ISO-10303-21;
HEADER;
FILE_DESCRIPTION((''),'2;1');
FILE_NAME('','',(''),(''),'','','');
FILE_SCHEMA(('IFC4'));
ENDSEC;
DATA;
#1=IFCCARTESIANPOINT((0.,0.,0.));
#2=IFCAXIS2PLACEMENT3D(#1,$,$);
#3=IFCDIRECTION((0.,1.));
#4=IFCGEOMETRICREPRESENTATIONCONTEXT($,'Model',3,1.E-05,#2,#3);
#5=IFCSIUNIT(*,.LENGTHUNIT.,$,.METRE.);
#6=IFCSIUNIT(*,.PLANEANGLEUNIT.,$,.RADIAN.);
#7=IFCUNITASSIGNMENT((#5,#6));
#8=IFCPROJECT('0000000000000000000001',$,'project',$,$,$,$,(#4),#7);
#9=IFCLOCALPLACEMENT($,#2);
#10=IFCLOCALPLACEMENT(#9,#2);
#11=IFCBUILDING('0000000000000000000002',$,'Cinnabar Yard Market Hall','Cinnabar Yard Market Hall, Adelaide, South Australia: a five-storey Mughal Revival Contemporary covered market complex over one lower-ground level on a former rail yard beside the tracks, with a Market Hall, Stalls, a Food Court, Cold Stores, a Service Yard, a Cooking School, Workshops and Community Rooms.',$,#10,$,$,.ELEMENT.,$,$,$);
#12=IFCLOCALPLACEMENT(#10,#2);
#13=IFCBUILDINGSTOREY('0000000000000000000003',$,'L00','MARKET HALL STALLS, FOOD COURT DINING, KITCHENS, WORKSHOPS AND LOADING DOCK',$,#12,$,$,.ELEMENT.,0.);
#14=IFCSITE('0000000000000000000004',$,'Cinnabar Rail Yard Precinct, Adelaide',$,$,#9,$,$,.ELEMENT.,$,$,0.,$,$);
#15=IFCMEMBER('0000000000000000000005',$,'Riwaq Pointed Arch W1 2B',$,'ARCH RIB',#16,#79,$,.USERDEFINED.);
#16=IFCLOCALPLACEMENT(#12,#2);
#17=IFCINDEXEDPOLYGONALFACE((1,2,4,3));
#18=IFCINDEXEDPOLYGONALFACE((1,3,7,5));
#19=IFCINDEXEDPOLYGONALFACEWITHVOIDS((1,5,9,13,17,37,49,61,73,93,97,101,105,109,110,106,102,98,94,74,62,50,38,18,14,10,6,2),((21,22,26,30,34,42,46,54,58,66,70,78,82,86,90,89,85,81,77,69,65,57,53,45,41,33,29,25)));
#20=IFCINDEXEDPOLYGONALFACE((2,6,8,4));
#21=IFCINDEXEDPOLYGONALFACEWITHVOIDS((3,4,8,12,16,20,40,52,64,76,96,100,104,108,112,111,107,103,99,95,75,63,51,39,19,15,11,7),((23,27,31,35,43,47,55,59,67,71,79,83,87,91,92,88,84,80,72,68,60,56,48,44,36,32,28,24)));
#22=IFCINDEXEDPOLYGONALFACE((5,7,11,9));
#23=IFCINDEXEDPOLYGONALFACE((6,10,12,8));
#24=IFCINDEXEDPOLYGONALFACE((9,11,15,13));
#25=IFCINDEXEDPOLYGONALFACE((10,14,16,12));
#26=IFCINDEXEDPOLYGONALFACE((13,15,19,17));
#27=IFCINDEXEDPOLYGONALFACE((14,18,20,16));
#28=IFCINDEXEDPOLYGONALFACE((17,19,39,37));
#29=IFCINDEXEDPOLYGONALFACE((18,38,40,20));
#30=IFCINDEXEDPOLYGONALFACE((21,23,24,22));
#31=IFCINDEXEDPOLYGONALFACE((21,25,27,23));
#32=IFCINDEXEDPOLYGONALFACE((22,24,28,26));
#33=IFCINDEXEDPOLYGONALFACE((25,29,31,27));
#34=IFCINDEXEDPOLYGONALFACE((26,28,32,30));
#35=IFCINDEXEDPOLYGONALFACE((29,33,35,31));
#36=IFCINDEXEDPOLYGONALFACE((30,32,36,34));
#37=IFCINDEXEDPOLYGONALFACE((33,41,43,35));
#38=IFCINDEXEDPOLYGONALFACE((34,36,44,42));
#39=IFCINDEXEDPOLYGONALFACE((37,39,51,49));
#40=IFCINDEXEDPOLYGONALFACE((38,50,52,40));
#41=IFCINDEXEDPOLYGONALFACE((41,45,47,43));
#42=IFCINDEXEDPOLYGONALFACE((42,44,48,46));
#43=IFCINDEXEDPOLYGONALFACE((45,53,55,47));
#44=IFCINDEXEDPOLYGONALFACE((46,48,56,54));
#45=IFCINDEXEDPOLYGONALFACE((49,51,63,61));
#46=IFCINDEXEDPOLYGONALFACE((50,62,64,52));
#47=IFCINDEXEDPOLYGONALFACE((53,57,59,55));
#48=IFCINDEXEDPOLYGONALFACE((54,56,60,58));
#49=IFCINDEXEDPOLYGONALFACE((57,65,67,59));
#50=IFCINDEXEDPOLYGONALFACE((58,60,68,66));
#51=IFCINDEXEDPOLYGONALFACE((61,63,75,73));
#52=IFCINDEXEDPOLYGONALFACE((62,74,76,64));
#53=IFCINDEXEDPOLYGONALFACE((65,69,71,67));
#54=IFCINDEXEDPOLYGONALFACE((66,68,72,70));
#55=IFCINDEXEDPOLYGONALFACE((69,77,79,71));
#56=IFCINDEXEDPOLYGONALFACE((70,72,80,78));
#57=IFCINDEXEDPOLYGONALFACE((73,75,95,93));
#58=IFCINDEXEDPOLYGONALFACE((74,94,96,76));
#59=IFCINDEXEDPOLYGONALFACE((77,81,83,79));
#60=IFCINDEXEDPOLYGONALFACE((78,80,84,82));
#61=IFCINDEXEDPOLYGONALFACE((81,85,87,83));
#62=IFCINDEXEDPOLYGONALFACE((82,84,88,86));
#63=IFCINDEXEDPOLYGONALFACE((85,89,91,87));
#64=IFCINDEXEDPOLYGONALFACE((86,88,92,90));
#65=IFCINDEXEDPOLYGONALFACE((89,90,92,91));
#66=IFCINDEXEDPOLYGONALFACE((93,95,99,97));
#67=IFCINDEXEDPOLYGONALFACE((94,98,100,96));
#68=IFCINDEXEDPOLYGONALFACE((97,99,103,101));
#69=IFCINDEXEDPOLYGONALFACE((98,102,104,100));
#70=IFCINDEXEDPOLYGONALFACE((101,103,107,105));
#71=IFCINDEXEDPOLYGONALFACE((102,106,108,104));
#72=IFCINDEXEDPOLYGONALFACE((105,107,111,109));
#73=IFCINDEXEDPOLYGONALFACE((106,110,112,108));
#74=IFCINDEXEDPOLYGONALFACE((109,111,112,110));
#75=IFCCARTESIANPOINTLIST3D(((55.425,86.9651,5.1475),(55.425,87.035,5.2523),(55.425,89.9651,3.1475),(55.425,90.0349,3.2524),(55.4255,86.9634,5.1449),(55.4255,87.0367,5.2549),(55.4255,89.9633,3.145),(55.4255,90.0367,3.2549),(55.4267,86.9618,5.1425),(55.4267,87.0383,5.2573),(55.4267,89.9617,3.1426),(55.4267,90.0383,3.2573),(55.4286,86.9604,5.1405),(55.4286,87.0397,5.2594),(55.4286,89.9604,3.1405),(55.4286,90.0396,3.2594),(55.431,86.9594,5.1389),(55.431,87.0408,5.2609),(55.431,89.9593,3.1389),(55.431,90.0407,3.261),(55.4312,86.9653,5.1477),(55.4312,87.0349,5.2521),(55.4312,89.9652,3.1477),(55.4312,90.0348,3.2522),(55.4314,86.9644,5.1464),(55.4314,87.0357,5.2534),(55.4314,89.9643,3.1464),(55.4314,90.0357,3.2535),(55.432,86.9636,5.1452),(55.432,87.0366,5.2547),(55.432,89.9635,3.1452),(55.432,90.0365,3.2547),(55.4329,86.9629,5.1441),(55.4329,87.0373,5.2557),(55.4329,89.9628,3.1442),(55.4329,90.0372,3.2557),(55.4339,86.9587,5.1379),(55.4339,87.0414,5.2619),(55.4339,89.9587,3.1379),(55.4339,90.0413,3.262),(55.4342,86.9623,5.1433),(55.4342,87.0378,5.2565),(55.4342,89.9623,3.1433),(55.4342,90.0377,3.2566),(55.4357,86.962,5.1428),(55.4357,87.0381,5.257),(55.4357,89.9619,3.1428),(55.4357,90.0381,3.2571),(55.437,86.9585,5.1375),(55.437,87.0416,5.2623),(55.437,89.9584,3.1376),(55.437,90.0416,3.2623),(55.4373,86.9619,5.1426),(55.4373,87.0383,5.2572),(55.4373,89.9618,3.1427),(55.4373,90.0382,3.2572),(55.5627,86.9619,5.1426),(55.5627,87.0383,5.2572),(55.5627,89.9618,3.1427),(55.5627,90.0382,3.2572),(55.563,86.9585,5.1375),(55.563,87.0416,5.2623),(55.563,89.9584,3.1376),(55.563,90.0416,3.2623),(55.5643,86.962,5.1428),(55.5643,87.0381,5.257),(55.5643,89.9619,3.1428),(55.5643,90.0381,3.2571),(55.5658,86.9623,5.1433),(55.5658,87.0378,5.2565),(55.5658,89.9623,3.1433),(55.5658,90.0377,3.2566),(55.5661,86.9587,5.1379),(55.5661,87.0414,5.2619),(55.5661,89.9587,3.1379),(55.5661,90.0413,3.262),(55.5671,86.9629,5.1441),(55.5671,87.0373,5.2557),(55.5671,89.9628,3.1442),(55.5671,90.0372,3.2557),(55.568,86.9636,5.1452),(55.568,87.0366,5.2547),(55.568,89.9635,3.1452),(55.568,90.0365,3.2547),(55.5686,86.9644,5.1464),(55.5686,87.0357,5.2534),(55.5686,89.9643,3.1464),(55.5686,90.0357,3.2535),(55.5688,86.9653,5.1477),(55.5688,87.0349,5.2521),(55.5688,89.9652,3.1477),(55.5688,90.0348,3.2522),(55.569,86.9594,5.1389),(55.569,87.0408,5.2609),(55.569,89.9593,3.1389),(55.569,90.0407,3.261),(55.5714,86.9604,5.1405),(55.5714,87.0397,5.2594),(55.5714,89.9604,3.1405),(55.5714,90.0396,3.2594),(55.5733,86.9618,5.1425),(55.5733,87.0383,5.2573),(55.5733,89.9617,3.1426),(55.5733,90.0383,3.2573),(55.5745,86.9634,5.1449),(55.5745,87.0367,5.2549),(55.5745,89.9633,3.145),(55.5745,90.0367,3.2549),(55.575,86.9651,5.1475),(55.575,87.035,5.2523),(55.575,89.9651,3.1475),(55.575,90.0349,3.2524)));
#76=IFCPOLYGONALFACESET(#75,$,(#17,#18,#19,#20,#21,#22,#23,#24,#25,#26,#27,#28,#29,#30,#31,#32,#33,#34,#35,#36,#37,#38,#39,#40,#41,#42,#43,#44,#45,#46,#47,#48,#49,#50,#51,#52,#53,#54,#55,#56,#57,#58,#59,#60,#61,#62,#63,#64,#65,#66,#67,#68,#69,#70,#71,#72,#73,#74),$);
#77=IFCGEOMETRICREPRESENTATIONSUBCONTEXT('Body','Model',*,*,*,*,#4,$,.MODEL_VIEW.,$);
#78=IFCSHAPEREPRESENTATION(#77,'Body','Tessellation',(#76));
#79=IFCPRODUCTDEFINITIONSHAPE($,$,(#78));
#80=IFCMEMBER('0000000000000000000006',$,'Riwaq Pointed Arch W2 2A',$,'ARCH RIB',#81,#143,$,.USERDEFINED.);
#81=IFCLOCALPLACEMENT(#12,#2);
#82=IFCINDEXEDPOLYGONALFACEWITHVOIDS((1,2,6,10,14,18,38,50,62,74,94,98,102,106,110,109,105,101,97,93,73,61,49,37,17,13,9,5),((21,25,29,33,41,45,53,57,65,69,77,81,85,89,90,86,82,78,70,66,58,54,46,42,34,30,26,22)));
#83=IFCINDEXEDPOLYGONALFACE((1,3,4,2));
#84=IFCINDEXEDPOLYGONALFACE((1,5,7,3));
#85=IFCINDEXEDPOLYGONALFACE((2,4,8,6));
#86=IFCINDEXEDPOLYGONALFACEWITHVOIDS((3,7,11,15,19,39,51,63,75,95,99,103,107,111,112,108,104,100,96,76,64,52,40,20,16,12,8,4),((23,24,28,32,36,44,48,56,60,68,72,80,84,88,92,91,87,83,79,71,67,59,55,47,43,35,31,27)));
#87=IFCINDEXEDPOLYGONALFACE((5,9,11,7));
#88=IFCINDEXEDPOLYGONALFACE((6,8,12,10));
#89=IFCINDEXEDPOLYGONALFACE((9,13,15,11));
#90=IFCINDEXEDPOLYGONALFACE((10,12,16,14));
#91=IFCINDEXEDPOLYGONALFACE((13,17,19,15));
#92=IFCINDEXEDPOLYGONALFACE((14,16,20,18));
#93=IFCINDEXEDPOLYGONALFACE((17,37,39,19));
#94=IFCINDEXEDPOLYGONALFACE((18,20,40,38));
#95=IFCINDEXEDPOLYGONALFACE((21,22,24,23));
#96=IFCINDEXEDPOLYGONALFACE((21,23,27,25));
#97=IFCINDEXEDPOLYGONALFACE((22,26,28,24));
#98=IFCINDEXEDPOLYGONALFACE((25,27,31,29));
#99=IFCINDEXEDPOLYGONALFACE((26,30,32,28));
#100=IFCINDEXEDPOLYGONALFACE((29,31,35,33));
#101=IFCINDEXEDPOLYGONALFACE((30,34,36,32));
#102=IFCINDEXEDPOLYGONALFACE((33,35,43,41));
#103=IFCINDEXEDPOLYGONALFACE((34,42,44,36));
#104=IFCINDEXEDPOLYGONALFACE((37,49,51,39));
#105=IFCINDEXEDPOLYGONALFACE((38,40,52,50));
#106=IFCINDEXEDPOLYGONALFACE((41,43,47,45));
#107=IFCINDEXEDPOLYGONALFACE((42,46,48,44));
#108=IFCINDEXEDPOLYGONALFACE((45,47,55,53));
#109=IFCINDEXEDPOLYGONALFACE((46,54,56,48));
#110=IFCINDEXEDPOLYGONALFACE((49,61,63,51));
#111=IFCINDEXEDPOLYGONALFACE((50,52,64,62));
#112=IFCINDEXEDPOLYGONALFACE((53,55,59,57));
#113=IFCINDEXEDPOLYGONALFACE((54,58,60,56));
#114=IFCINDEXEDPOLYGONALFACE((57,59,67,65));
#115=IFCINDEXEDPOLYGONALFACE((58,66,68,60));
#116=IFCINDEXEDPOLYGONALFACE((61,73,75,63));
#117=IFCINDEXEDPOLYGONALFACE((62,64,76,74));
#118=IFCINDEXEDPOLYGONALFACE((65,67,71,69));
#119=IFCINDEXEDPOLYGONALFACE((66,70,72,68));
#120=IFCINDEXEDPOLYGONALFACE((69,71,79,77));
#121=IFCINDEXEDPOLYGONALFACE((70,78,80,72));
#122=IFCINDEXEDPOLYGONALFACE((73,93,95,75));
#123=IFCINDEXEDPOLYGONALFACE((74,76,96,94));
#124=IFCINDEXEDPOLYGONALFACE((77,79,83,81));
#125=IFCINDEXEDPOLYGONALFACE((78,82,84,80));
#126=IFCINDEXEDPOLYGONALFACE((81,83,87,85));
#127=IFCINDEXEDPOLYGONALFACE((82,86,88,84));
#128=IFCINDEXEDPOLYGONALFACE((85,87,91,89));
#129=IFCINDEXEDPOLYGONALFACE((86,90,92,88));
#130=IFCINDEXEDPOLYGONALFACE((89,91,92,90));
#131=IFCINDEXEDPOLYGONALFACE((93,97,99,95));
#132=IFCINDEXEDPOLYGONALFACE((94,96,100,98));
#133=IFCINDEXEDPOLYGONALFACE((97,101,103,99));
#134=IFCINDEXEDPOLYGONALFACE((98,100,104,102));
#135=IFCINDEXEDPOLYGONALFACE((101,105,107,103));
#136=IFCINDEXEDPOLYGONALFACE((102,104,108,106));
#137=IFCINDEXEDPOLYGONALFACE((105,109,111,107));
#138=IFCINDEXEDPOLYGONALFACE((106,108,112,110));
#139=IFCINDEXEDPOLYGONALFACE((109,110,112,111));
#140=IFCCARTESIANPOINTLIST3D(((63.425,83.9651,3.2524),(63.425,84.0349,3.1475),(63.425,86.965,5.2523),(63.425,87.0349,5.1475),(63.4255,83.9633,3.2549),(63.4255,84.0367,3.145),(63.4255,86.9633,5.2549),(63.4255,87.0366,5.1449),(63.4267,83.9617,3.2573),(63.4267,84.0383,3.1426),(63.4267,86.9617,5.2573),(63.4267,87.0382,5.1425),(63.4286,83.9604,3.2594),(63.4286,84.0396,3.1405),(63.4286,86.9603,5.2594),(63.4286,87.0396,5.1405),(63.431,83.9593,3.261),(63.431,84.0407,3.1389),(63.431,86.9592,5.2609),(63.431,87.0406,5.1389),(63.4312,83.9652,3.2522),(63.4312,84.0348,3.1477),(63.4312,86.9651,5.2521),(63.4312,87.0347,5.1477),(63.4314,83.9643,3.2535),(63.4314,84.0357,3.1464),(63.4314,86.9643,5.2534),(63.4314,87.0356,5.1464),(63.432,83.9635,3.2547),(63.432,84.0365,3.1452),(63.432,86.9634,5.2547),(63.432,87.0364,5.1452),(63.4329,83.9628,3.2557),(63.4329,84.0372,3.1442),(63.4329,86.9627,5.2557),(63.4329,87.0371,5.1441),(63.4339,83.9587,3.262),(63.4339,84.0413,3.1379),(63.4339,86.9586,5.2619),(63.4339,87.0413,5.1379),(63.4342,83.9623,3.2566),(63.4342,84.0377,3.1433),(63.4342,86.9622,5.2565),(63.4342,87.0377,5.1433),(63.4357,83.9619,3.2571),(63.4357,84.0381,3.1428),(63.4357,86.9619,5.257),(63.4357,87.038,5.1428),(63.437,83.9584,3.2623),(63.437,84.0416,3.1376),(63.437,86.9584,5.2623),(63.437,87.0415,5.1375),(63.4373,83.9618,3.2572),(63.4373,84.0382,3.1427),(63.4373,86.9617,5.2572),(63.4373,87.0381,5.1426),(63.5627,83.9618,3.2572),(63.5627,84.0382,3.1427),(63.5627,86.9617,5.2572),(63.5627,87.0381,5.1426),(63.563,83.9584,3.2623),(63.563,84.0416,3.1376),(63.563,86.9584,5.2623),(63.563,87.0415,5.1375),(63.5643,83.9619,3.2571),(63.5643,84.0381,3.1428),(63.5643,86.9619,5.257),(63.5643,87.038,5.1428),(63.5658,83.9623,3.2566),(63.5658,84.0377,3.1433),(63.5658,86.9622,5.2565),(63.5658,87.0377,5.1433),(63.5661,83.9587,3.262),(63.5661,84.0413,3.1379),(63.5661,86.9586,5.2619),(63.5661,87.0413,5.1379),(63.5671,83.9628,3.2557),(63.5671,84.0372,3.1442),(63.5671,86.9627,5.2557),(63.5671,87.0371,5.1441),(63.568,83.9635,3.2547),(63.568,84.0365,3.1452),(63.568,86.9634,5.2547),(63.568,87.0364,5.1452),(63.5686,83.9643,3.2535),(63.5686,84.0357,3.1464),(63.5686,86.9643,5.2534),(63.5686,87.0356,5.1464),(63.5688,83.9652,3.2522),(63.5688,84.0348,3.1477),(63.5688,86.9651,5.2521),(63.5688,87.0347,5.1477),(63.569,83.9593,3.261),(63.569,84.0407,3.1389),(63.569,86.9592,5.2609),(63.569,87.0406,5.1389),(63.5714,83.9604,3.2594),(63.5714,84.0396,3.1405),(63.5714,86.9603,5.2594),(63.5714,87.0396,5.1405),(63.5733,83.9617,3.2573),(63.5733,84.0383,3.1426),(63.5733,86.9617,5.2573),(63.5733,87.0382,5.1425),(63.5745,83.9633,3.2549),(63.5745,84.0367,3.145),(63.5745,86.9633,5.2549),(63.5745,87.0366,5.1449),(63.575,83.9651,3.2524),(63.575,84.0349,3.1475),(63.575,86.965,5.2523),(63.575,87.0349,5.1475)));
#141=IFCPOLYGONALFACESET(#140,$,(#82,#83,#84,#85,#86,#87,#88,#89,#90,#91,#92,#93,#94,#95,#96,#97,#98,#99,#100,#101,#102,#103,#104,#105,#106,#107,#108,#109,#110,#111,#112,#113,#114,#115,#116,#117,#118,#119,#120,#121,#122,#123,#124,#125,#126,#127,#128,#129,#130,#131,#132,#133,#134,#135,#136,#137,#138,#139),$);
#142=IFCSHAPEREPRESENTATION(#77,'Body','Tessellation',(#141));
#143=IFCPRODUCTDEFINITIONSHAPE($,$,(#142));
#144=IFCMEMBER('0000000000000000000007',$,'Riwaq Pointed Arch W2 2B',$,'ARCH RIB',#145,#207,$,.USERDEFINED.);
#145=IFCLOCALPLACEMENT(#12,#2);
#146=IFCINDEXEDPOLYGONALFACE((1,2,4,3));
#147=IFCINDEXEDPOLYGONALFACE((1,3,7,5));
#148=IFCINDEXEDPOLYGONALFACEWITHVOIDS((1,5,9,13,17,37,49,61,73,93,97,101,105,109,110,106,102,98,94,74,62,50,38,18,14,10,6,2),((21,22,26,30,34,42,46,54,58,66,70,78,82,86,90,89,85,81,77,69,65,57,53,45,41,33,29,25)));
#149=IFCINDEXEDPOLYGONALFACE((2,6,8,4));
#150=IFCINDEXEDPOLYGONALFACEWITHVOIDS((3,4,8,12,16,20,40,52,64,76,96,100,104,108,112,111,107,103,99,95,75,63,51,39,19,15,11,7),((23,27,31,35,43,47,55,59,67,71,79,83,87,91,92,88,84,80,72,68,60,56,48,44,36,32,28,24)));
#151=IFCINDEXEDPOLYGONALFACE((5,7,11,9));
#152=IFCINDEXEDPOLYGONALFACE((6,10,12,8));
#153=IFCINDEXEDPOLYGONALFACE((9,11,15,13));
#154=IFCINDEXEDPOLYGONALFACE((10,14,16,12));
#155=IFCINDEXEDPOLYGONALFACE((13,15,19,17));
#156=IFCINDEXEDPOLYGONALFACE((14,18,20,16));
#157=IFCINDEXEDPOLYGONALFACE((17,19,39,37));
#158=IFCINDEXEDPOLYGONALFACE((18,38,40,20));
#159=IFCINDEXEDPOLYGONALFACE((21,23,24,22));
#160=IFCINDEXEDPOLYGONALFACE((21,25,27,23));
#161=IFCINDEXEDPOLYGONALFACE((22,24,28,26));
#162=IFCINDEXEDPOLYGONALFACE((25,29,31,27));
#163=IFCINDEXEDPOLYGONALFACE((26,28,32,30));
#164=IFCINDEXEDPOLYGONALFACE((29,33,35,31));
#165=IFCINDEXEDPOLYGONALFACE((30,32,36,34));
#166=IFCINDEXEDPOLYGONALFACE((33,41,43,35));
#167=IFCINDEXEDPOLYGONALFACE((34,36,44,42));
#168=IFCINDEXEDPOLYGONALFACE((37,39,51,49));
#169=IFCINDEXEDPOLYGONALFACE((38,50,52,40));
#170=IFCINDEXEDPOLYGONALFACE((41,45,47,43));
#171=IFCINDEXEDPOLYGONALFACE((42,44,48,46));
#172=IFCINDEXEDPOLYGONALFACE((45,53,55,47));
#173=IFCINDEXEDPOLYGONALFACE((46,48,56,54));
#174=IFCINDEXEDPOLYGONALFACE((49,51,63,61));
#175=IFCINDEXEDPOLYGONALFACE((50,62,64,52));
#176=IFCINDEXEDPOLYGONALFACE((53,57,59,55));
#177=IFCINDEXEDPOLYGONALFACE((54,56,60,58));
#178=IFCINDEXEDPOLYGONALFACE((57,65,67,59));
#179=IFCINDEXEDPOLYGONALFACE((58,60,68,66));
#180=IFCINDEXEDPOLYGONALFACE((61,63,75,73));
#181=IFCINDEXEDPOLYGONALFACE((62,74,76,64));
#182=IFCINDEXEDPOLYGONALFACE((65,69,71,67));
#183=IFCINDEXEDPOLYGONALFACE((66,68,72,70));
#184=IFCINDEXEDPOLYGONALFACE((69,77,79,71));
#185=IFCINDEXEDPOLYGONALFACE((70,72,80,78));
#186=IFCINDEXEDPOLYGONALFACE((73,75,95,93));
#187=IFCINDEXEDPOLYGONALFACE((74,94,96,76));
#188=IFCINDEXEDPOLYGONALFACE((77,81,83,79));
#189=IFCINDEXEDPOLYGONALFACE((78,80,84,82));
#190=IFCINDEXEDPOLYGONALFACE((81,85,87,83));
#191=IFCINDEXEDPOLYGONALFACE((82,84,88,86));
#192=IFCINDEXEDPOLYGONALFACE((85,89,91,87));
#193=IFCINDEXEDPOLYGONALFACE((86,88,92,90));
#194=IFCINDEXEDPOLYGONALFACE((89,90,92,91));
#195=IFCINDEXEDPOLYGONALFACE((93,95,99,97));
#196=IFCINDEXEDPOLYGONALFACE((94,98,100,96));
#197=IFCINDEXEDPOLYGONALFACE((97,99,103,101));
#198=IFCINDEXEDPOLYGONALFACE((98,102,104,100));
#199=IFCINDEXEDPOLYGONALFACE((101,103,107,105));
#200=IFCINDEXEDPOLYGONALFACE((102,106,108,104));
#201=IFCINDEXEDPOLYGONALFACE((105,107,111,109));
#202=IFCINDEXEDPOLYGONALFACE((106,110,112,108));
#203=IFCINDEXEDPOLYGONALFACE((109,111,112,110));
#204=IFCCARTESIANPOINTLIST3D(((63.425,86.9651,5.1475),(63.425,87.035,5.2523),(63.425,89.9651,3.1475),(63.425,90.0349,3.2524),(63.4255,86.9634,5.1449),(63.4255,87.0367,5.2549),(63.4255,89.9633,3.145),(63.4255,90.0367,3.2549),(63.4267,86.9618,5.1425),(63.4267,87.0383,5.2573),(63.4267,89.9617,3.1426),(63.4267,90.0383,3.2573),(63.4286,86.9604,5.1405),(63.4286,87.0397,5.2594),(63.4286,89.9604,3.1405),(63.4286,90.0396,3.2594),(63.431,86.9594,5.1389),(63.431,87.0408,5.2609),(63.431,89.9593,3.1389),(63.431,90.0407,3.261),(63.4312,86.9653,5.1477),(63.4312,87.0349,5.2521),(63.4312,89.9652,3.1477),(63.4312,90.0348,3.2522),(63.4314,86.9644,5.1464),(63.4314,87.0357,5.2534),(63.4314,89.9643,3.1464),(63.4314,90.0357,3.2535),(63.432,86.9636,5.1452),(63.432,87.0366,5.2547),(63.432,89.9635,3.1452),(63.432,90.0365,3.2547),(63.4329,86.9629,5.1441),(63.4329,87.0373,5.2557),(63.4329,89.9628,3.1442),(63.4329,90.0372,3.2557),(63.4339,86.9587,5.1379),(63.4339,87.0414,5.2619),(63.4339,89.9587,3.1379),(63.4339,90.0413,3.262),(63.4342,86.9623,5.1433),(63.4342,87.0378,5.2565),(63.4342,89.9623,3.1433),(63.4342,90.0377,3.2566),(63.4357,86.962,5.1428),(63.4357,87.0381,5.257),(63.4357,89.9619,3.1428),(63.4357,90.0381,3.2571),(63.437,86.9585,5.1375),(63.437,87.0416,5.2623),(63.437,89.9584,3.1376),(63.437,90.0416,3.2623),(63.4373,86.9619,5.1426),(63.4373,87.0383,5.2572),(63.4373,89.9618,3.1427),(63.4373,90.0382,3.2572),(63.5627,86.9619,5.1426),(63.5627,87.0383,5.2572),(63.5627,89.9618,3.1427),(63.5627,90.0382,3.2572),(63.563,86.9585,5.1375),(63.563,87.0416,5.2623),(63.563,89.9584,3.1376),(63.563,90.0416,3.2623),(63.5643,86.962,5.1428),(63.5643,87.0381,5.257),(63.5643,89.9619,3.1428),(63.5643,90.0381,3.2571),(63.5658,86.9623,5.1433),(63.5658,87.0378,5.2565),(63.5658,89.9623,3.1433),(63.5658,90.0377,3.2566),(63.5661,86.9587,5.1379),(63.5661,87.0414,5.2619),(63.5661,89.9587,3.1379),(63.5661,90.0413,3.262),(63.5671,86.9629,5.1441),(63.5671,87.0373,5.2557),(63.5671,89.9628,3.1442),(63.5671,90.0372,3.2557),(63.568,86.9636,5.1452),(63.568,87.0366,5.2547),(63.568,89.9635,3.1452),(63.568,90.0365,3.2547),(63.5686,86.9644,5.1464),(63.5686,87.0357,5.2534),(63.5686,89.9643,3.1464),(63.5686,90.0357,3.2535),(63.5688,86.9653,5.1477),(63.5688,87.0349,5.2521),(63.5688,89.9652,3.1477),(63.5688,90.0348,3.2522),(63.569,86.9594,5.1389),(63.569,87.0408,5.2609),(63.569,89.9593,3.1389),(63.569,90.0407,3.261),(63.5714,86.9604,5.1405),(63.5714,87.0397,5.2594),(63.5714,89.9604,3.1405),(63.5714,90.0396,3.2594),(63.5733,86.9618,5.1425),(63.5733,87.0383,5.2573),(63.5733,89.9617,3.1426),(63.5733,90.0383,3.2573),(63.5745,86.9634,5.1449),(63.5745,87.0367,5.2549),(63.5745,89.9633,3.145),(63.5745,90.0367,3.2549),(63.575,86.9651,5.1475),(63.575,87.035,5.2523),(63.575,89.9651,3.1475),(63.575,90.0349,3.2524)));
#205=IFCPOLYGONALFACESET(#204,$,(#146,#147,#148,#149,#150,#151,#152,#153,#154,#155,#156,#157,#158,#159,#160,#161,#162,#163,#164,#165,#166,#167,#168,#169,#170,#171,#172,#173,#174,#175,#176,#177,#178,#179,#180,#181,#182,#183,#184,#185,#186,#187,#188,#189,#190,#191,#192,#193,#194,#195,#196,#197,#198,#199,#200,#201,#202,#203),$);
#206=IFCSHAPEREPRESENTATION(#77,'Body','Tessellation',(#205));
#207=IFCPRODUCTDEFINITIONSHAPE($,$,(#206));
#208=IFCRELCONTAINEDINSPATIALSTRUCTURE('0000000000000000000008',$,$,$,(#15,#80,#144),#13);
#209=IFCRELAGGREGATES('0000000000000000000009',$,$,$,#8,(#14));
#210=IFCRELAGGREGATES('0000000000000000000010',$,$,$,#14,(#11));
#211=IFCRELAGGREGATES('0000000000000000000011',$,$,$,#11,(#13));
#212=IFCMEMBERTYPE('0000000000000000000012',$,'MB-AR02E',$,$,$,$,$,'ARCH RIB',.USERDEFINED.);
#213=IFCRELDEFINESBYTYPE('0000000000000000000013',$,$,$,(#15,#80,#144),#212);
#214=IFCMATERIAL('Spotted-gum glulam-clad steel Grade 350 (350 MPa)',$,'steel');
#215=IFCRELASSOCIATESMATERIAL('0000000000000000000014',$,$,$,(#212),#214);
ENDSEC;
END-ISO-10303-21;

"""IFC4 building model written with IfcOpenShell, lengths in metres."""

from ifc_helpers import new_model, si_unit, direction, frame, origin, origin_2d_with_axis, place, context, subcontext, project, spatial, hollow_rectangle, extrude, material, material_profile, profile_set, type_object, element, save


model = new_model("IFC4")

# Units and contexts
model_context = context("Model", 3, precision=1e-05, world=origin(), true_north=direction((0.0, 1.0)))
body_context = subcontext(model_context, "Body", "Model", "MODEL_VIEW")
ifc_project = project(units=[si_unit("LENGTHUNIT", "METRE"), si_unit("PLANEANGLEUNIT", "RADIAN")], contexts=[model_context])

# Site, building, storey
site_placement = place(None, origin())
site = spatial("IfcSite", under=ifc_project, at=site_placement, Name="Cinnabar Rail Yard Precinct, Adelaide", CompositionType="ELEMENT", RefElevation=0.0)
building_placement = place(site_placement, origin())
building = spatial("IfcBuilding", under=site, at=building_placement, Name="Cinnabar Yard Market Hall", Description="Cinnabar Yard Market Hall, Adelaide, South Australia: a five-storey Mughal Revival Contemporary covered market complex over one lower-ground level on a former rail yard beside the tracks, with a Market Hall, Stalls, a Food Court, Cold Stores, a Service Yard, a Cooking School, Workshops and Community Rooms.", CompositionType="ELEMENT")
storey_placement = place(building_placement, origin())
storey = spatial("IfcBuildingStorey", under=building, at=storey_placement, Name="L00", Description="MARKET HALL STALLS, FOOD COURT DINING, KITCHENS, WORKSHOPS AND LOADING DOCK", CompositionType="ELEMENT", Elevation=0.0)

# Shared definitions
ifc_material_1 = material(Name="Spotted-gum glulam-clad steel Grade 350 (350 MPa)", Category="steel")

# Members
ifc_material_profile_1 = material_profile(ifc_material_1, hollow_rectangle(XDim=0.1499, YDim=0.1499, WallThickness=0.0061, InnerFilletRadius=0.0061, OuterFilletRadius=0.012, at=origin_2d_with_axis()), Name="150x150x6.0SHS")
ifc_profile_set_1 = profile_set([ifc_material_profile_1], Name="Spotted-gum glulam-clad steel Grade 350 (350 MPa)")
member_type_1 = type_object("IfcMemberType", Name="MB-AR02E", ElementType="ARCH RIB", PredefinedType="USERDEFINED", material=ifc_profile_set_1)
for number, where, z_axis, x_axis, name in (
    (1, (55.5, 90.0, 3.2), (0.0, -0.83205, 0.5547), (1.0, 0.0, 0.0), "Riwaq Pointed Arch W1 2B"),
    (2, (63.5, 84.0, 3.2), (0.0, 0.83205, 0.5547), (-1.0, 0.0, 0.0), "Riwaq Pointed Arch W2 2A"),
    (3, (63.5, 90.0, 3.2), (0.0, -0.83205, 0.5547), (1.0, 0.0, 0.0), "Riwaq Pointed Arch W2 2B"),
):
    element("IfcMember", number, at=place(storey_placement, frame(where, z_axis=z_axis, x_axis=x_axis)), inside=storey, type_object=member_type_1, Name=name, ObjectType="ARCH RIB", PredefinedType="USERDEFINED", context=body_context, shape_type="SweptSolid", body=[
        extrude(hollow_rectangle(XDim=0.1499, YDim=0.1499, WallThickness=0.0061, InnerFilletRadius=0.0061, OuterFilletRadius=0.012, at=origin_2d_with_axis()), origin(), (0.0, 0.0, 1.0), 3.6055),
    ])

save(model, "model.ifc")
